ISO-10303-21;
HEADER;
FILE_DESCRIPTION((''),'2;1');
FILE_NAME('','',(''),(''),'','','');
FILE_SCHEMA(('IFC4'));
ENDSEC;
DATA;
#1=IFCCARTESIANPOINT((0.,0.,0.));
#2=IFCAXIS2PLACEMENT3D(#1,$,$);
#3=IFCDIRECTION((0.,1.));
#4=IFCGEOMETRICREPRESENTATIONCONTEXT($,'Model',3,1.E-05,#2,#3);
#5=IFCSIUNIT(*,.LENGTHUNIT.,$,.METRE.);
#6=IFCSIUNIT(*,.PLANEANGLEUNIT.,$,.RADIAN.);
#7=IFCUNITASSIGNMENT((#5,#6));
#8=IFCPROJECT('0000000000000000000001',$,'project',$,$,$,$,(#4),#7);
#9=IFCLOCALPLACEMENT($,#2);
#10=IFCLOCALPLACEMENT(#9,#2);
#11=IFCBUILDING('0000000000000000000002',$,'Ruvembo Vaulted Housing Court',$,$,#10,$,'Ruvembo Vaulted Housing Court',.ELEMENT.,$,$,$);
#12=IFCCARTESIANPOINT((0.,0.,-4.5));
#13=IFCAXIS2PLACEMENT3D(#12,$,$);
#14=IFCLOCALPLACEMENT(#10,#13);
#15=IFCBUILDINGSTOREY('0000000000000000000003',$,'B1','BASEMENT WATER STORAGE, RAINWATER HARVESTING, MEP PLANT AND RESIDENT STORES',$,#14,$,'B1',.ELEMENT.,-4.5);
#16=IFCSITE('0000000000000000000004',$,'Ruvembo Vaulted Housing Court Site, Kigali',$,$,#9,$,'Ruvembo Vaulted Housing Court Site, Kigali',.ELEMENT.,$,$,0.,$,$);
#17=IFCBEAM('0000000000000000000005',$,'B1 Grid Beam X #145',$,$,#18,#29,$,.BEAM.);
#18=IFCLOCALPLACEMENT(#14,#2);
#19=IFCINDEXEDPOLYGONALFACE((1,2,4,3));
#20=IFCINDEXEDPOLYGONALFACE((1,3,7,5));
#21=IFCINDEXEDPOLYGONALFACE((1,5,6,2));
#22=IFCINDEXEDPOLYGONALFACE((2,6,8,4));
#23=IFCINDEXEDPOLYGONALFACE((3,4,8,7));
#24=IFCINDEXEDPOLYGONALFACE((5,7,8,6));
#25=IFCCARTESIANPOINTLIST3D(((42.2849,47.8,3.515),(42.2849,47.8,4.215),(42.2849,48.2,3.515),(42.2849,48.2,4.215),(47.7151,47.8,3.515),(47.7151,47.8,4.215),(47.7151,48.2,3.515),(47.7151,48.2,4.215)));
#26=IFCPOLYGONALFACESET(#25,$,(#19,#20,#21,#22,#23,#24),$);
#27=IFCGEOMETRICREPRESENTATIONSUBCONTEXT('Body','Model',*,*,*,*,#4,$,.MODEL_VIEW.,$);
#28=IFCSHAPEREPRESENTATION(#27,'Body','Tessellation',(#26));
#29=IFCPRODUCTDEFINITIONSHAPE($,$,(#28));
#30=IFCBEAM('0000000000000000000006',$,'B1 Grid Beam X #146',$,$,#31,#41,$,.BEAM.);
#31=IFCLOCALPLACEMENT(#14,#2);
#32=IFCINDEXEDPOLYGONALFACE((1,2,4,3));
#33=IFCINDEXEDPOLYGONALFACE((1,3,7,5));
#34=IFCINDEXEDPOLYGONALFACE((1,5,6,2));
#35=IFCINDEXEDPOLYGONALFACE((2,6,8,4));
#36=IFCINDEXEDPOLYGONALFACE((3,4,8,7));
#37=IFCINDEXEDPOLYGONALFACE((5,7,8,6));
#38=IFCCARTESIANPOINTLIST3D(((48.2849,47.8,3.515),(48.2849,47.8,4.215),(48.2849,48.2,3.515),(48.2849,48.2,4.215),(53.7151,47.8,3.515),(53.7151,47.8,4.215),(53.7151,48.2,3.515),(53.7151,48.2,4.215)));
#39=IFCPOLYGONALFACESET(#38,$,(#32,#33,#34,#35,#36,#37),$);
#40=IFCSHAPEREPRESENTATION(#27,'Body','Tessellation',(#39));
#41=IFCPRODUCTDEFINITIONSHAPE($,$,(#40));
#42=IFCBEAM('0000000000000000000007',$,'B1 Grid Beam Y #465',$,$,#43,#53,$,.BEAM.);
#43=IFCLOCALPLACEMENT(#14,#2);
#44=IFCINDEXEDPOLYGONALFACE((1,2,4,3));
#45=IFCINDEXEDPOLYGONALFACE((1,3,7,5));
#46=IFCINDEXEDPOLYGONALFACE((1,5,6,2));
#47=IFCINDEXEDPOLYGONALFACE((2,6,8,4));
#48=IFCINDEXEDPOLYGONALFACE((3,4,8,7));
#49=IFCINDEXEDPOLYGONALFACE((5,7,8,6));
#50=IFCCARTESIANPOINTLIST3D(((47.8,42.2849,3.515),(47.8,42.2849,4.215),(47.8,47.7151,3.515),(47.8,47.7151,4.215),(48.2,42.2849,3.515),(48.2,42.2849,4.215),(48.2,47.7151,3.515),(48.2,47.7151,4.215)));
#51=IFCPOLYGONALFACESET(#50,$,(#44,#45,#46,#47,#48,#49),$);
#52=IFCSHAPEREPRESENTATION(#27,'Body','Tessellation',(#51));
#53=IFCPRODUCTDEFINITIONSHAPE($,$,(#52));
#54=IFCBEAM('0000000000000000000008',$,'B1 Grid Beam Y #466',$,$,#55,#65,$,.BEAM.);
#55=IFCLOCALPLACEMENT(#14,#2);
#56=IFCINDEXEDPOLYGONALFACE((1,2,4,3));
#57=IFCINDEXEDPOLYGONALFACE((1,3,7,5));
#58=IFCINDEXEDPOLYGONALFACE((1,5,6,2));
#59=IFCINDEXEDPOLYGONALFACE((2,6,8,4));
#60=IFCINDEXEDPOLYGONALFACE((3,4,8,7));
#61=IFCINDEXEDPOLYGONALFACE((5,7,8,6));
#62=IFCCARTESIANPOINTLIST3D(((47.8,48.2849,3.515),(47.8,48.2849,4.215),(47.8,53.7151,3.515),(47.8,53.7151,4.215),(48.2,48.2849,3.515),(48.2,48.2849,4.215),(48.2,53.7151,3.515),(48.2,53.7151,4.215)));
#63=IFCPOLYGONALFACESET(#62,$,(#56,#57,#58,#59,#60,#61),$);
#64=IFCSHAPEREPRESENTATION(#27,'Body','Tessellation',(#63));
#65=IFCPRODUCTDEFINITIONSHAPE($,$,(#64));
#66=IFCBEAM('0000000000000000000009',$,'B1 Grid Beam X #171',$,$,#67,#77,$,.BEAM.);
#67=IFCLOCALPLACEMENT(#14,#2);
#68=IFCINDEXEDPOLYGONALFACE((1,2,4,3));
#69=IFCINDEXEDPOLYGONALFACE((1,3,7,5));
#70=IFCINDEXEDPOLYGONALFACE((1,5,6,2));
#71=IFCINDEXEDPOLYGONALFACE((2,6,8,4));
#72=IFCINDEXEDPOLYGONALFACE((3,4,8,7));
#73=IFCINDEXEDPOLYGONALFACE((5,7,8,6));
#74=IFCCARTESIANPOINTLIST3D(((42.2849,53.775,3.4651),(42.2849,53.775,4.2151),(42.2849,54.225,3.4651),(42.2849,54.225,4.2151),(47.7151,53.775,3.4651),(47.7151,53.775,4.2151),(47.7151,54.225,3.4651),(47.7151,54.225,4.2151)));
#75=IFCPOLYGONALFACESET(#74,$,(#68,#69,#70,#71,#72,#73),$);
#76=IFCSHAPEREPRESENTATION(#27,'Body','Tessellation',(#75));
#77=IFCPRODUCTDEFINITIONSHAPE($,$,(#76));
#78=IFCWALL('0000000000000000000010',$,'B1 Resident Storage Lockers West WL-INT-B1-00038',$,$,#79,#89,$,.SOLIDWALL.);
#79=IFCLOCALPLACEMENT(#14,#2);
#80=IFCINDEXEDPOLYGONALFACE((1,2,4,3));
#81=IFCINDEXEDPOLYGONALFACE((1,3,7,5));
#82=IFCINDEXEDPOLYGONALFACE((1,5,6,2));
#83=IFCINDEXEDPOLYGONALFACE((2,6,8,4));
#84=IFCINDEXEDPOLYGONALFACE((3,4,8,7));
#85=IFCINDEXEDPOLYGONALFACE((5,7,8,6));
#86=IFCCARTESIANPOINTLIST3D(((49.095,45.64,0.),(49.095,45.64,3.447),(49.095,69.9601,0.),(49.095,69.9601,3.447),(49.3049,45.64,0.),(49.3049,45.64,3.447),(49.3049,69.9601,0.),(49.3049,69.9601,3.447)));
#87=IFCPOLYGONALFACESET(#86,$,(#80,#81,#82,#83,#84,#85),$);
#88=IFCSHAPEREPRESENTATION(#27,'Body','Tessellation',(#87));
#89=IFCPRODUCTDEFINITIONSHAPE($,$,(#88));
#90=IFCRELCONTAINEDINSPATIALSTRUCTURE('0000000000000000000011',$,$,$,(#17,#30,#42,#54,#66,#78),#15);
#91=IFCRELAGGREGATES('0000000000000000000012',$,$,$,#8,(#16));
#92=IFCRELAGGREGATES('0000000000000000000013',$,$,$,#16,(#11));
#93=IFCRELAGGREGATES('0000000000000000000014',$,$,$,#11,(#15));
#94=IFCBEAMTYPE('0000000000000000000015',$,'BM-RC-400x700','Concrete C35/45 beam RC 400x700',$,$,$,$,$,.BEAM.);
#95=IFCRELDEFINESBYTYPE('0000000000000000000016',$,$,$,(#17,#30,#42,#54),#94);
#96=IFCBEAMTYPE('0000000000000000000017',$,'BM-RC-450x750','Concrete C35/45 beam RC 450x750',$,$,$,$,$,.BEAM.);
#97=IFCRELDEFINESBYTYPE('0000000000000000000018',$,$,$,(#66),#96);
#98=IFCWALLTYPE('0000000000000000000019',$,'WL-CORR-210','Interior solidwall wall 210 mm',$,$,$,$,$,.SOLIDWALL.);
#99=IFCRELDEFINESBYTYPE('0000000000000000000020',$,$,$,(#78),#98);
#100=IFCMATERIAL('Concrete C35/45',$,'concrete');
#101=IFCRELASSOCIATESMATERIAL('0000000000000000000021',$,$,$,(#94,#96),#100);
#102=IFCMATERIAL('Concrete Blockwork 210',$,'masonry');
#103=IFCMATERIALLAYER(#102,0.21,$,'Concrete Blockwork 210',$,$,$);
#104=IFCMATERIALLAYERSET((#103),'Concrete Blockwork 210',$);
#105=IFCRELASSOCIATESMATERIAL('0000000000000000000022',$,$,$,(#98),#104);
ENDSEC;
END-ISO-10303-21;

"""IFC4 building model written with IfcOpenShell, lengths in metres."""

from ifc_helpers import new_model, si_unit, direction, frame, frame_2d, origin, origin_2d, place, context, subcontext, project, spatial, rectangle, extrude, material, layer, layer_set, material_profile, profile_set, type_object, element, save


model = new_model("IFC4")

# Units and contexts
model_context = context("Model", 3, precision=1e-05, world=origin(), true_north=direction((0.0, 1.0)))
body_context = subcontext(model_context, "Body", "Model", "MODEL_VIEW")
ifc_project = project(units=[si_unit("LENGTHUNIT", "METRE"), si_unit("PLANEANGLEUNIT", "RADIAN")], contexts=[model_context])

# Site, building, storey
site_placement = place(None, origin())
site = spatial("IfcSite", under=ifc_project, at=site_placement, Name="Ruvembo Vaulted Housing Court Site, Kigali", LongName="Ruvembo Vaulted Housing Court Site, Kigali", CompositionType="ELEMENT", RefElevation=0.0)
building_placement = place(site_placement, origin())
building = spatial("IfcBuilding", under=site, at=building_placement, Name="Ruvembo Vaulted Housing Court", LongName="Ruvembo Vaulted Housing Court", CompositionType="ELEMENT")
storey_placement = place(building_placement, frame((0.0, 0.0, -4.5)))
storey = spatial("IfcBuildingStorey", under=building, at=storey_placement, Name="B1", Description="BASEMENT WATER STORAGE, RAINWATER HARVESTING, MEP PLANT AND RESIDENT STORES", LongName="B1", CompositionType="ELEMENT", Elevation=-4.5)

# Shared definitions
ifc_material_1 = material(Name="Concrete C35/45", Category="concrete")

# Beams
ifc_material_profile_1 = material_profile(ifc_material_1, rectangle(XDim=0.3999, YDim=0.7, at=origin_2d()), Name="RC 400x700")
ifc_profile_set_1 = profile_set([ifc_material_profile_1], Name="Concrete C35/45")
beam_type_1 = type_object("IfcBeamType", Name="BM-RC-400x700", Description="Concrete C35/45 beam RC 400x700", PredefinedType="BEAM", material=ifc_profile_set_1)
for number, where, z_axis, x_axis, name in (
    (1, (42.2849, 48.0, 3.865), (1.0, 0.0, 0.0), (0.0, 1.0, 0.0), "B1 Grid Beam X #145"),
    (2, (48.2849, 48.0, 3.865), (1.0, 0.0, 0.0), (0.0, 1.0, 0.0), "B1 Grid Beam X #146"),
    (3, (48.0, 42.2849, 3.865), (0.0, 1.0, 0.0), (-1.0, 0.0, 0.0), "B1 Grid Beam Y #465"),
    (4, (48.0, 48.2849, 3.865), (0.0, 1.0, 0.0), (-1.0, 0.0, 0.0), "B1 Grid Beam Y #466"),
):
    element("IfcBeam", number, at=place(storey_placement, frame(where, z_axis=z_axis, x_axis=x_axis)), inside=storey, type_object=beam_type_1, Name=name, PredefinedType="BEAM", context=body_context, shape_type="SweptSolid", body=[
        extrude(rectangle(XDim=0.3999, YDim=0.7, at=origin_2d()), origin(), (0.0, 0.0, 1.0), 5.4302),
    ])
ifc_material_profile_2 = material_profile(ifc_material_1, rectangle(XDim=0.45, YDim=0.75, at=origin_2d()), Name="RC 450x750")
ifc_profile_set_2 = profile_set([ifc_material_profile_2], Name="Concrete C35/45")
beam_type_2 = type_object("IfcBeamType", Name="BM-RC-450x750", Description="Concrete C35/45 beam RC 450x750", PredefinedType="BEAM", material=ifc_profile_set_2)
beam_placement = place(storey_placement, frame((42.2849, 54.0, 3.8401), z_axis=(1.0, 0.0, 0.0), x_axis=(0.0, 1.0, 0.0)))
element("IfcBeam", 5, at=beam_placement, inside=storey, type_object=beam_type_2, Name="B1 Grid Beam X #171", PredefinedType="BEAM", context=body_context, shape_type="SweptSolid", body=[
    extrude(rectangle(XDim=0.45, YDim=0.75, at=origin_2d()), origin(), (0.0, 0.0, 1.0), 5.4302),
])

# Wall
ifc_material_2 = material(Name="Concrete Blockwork 210", Category="masonry")
ifc_layer = layer(ifc_material_2, 0.21, Name="Concrete Blockwork 210")
ifc_layer_set = layer_set([ifc_layer], Name="Concrete Blockwork 210")
wall_type = type_object("IfcWallType", Name="WL-CORR-210", Description="Interior solidwall wall 210 mm", PredefinedType="SOLIDWALL", material=ifc_layer_set)
wall_placement = place(storey_placement, frame((49.2, 45.6399, 0.0), z_axis=(0.0, 0.0, 1.0), x_axis=(0.0, 1.0, 0.0)))
element("IfcWall", 6, at=wall_placement, inside=storey, type_object=wall_type, Name="B1 Resident Storage Lockers West WL-INT-B1-00038", PredefinedType="SOLIDWALL", context=body_context, shape_type="SweptSolid", body=[
    extrude(rectangle(XDim=24.3201, YDim=0.21, at=frame_2d((12.1602, 0.0))), origin(), (0.0, 0.0, 1.0), 3.447),
])

save(model, "model.ifc")
